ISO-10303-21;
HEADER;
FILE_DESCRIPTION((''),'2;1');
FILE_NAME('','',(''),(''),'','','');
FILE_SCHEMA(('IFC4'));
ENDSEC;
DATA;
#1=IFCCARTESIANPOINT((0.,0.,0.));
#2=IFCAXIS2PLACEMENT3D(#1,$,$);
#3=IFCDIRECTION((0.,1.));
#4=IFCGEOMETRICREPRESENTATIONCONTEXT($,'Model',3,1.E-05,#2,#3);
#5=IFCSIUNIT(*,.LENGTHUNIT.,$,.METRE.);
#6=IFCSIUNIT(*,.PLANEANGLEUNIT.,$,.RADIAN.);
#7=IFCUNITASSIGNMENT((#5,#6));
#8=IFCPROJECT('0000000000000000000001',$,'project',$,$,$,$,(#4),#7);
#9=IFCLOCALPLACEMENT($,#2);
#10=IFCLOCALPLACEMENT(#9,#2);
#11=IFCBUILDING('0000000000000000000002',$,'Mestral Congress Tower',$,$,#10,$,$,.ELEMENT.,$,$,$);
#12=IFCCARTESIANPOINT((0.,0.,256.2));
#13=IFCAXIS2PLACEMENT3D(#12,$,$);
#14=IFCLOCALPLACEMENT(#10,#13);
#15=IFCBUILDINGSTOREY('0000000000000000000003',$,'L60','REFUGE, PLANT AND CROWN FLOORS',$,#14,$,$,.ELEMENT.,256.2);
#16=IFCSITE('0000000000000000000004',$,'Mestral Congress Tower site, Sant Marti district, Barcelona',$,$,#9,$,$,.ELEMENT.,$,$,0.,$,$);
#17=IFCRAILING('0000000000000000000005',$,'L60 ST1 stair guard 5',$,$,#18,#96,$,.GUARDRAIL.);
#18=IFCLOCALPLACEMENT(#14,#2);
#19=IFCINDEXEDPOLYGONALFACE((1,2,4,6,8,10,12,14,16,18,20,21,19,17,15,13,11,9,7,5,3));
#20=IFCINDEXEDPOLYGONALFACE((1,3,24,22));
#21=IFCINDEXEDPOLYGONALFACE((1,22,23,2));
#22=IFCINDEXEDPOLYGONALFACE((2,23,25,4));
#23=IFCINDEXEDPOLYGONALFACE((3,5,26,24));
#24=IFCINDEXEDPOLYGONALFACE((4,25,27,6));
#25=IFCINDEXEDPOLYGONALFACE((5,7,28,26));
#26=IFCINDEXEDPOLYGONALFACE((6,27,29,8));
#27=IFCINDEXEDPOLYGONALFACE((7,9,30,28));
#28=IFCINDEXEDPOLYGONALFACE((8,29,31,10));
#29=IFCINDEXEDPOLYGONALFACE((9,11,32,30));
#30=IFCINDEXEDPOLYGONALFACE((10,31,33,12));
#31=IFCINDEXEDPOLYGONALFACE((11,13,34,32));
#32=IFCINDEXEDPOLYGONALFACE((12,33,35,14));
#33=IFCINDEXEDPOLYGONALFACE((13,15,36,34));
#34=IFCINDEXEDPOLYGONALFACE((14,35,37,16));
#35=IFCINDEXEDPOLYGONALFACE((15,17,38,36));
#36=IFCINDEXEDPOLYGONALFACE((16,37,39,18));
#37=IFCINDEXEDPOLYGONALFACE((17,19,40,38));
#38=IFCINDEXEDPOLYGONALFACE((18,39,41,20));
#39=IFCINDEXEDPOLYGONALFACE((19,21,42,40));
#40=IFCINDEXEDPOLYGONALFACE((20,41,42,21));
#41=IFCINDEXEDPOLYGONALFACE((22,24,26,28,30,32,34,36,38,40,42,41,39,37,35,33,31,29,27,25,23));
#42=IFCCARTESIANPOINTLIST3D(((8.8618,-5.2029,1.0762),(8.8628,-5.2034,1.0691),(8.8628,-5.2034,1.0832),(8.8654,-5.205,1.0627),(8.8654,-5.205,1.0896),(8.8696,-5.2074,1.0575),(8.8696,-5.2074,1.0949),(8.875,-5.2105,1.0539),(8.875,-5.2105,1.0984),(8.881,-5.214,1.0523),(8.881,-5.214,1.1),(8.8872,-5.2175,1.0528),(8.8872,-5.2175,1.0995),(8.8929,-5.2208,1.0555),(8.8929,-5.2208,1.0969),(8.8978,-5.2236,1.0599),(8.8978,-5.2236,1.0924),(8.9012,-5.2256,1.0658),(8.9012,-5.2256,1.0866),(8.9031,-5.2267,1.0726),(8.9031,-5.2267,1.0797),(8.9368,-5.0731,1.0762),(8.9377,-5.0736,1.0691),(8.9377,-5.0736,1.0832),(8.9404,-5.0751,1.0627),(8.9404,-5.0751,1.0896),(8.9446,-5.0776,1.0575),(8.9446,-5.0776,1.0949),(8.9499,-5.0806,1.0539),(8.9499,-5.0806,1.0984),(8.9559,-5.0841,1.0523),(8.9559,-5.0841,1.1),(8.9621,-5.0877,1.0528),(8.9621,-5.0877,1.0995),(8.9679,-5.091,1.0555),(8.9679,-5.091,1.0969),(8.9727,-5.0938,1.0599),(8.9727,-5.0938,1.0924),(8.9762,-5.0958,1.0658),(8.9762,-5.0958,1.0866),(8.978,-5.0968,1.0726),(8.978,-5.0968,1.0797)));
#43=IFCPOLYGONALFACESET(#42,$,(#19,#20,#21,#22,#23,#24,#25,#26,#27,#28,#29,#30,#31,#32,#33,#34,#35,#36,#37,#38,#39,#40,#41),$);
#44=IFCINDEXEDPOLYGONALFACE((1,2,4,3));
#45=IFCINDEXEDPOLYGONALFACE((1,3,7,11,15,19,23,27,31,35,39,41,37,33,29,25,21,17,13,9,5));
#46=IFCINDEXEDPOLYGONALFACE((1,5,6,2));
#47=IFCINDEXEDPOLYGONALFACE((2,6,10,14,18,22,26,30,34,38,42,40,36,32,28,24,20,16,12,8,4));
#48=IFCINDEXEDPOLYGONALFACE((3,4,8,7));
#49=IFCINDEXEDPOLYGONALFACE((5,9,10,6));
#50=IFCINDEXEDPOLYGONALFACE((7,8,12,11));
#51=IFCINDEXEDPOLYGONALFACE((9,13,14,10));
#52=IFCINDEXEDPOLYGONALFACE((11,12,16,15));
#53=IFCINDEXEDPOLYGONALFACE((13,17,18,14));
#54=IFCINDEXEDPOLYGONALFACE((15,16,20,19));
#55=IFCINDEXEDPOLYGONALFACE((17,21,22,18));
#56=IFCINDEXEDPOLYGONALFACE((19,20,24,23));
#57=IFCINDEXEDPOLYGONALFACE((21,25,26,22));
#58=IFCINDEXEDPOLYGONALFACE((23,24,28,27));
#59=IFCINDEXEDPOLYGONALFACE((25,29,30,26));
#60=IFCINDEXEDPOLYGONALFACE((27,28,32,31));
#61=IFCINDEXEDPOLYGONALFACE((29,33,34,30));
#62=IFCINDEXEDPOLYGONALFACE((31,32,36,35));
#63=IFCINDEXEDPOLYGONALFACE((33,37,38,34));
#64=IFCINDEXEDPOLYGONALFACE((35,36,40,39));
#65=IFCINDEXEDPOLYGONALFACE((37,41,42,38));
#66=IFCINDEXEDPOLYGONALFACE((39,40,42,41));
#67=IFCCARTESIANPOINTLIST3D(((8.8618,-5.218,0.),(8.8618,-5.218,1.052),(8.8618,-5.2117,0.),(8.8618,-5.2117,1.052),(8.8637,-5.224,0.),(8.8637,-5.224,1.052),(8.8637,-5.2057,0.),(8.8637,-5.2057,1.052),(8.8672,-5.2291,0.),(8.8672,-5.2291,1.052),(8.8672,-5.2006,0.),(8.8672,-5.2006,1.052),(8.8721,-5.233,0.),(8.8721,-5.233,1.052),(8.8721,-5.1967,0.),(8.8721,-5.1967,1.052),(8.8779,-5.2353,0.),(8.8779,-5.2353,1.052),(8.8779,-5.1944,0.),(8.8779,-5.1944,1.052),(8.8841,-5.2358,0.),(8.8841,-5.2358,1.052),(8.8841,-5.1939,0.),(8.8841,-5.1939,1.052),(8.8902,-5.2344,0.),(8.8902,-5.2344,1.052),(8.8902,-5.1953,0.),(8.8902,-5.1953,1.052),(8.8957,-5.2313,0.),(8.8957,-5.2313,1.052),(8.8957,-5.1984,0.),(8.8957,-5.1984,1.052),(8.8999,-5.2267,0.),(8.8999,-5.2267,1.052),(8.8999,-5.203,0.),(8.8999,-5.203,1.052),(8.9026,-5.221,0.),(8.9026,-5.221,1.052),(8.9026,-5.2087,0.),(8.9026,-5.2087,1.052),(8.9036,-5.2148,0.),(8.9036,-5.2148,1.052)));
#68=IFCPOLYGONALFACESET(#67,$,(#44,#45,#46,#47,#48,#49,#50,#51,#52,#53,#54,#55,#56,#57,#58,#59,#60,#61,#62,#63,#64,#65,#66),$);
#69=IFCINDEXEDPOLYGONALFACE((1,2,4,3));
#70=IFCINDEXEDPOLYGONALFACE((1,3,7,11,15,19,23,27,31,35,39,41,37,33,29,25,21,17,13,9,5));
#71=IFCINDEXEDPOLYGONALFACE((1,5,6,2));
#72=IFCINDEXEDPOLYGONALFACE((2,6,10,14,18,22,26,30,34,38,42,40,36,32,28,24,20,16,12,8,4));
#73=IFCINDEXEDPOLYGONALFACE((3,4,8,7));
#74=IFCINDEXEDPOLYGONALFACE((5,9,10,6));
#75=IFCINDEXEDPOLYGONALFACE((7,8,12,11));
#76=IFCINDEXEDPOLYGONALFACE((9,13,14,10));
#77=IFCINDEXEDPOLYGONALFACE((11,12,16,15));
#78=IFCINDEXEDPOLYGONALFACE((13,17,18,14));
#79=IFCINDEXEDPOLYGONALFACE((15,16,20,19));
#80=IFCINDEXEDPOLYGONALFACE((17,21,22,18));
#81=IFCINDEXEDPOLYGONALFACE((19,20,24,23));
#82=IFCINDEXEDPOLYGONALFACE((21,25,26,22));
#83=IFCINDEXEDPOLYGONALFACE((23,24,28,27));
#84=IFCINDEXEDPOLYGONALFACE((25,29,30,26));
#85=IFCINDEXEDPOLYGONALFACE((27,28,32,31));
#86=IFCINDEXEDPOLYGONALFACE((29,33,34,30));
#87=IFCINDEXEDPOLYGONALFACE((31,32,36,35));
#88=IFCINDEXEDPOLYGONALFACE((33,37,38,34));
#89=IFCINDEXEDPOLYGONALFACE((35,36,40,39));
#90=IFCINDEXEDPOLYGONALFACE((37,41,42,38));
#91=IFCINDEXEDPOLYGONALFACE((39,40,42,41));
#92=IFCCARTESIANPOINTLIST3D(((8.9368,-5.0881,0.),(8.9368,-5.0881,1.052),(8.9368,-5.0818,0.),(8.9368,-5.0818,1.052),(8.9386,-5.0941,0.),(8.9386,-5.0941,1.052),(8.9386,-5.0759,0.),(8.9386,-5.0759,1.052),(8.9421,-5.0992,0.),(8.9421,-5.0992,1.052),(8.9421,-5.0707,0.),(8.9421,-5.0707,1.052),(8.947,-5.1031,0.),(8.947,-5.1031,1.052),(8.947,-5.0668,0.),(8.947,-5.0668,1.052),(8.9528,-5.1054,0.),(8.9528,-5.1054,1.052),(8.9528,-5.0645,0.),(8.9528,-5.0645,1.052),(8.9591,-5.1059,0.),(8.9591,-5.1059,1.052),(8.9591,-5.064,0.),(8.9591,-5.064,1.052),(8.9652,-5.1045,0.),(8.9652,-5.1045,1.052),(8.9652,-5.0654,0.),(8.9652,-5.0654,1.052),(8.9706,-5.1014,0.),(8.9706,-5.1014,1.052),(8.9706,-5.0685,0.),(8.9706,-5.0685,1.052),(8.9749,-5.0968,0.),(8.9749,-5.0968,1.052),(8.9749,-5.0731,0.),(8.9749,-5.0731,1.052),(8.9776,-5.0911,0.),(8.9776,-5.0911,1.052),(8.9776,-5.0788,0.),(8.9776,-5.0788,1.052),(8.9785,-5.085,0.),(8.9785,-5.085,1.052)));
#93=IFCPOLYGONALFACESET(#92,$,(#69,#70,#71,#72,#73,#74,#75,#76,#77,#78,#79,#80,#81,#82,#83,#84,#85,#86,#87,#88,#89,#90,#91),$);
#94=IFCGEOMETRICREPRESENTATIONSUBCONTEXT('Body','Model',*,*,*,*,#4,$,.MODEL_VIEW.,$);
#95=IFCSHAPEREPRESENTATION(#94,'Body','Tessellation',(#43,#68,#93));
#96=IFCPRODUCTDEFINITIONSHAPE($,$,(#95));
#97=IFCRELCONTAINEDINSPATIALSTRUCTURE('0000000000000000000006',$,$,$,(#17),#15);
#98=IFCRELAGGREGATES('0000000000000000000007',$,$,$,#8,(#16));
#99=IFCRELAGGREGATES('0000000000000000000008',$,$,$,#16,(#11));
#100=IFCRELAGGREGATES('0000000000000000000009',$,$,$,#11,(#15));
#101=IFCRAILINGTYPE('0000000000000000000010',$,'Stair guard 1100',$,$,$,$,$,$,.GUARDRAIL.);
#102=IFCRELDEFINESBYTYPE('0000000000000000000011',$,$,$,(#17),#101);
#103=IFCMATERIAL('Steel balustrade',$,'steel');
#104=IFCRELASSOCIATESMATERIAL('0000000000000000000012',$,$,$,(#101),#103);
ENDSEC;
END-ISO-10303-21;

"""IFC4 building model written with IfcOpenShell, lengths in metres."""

from ifc_helpers import new_model, si_unit, direction, frame, origin, origin_2d, place, context, subcontext, project, spatial, circle, extrude, material, type_object, element, save


model = new_model("IFC4")

# Units and contexts
model_context = context("Model", 3, precision=1e-05, world=origin(), true_north=direction((0.0, 1.0)))
body_context = subcontext(model_context, "Body", "Model", "MODEL_VIEW")
ifc_project = project(units=[si_unit("LENGTHUNIT", "METRE"), si_unit("PLANEANGLEUNIT", "RADIAN")], contexts=[model_context])

# Site, building, storey
site_placement = place(None, origin())
site = spatial("IfcSite", under=ifc_project, at=site_placement, Name="Mestral Congress Tower site, Sant Marti district, Barcelona", CompositionType="ELEMENT", RefElevation=0.0)
building_placement = place(site_placement, origin())
building = spatial("IfcBuilding", under=site, at=building_placement, Name="Mestral Congress Tower", CompositionType="ELEMENT")
storey_placement = place(building_placement, frame((0.0, 0.0, 256.2)))
storey = spatial("IfcBuildingStorey", under=building, at=storey_placement, Name="L60", Description="REFUGE, PLANT AND CROWN FLOORS", CompositionType="ELEMENT", Elevation=256.2)

# Railing
ifc_material_1 = material(Name="Steel balustrade", Category="steel")
railing_type = type_object("IfcRailingType", Name="Stair guard 1100", PredefinedType="GUARDRAIL", material=ifc_material_1)
railing_1_placement = place(storey_placement, frame((8.8826, -5.2148, 0.0)))
element("IfcRailing", 1, at=railing_1_placement, inside=storey, type_object=railing_type, Name="L60 ST1 stair guard 5", PredefinedType="GUARDRAIL", context=body_context, shape_type="SweptSolid", body=[
    extrude(circle(Radius=0.0239, at=origin_2d()), frame((0.0, 0.0, 1.0762), z_axis=(0.499816, 0.866131, 0.0), x_axis=(-0.866131, 0.499816, 0.0)), (0.0, 0.0, 1.0), 0.1499),
    extrude(circle(Radius=0.021, at=origin_2d()), origin(), (0.0, 0.0, 1.0), 1.052),
    extrude(circle(Radius=0.021, at=origin_2d()), frame((0.075, 0.1299, 0.0)), (0.0, 0.0, 1.0), 1.052),
])

save(model, "model.ifc")
